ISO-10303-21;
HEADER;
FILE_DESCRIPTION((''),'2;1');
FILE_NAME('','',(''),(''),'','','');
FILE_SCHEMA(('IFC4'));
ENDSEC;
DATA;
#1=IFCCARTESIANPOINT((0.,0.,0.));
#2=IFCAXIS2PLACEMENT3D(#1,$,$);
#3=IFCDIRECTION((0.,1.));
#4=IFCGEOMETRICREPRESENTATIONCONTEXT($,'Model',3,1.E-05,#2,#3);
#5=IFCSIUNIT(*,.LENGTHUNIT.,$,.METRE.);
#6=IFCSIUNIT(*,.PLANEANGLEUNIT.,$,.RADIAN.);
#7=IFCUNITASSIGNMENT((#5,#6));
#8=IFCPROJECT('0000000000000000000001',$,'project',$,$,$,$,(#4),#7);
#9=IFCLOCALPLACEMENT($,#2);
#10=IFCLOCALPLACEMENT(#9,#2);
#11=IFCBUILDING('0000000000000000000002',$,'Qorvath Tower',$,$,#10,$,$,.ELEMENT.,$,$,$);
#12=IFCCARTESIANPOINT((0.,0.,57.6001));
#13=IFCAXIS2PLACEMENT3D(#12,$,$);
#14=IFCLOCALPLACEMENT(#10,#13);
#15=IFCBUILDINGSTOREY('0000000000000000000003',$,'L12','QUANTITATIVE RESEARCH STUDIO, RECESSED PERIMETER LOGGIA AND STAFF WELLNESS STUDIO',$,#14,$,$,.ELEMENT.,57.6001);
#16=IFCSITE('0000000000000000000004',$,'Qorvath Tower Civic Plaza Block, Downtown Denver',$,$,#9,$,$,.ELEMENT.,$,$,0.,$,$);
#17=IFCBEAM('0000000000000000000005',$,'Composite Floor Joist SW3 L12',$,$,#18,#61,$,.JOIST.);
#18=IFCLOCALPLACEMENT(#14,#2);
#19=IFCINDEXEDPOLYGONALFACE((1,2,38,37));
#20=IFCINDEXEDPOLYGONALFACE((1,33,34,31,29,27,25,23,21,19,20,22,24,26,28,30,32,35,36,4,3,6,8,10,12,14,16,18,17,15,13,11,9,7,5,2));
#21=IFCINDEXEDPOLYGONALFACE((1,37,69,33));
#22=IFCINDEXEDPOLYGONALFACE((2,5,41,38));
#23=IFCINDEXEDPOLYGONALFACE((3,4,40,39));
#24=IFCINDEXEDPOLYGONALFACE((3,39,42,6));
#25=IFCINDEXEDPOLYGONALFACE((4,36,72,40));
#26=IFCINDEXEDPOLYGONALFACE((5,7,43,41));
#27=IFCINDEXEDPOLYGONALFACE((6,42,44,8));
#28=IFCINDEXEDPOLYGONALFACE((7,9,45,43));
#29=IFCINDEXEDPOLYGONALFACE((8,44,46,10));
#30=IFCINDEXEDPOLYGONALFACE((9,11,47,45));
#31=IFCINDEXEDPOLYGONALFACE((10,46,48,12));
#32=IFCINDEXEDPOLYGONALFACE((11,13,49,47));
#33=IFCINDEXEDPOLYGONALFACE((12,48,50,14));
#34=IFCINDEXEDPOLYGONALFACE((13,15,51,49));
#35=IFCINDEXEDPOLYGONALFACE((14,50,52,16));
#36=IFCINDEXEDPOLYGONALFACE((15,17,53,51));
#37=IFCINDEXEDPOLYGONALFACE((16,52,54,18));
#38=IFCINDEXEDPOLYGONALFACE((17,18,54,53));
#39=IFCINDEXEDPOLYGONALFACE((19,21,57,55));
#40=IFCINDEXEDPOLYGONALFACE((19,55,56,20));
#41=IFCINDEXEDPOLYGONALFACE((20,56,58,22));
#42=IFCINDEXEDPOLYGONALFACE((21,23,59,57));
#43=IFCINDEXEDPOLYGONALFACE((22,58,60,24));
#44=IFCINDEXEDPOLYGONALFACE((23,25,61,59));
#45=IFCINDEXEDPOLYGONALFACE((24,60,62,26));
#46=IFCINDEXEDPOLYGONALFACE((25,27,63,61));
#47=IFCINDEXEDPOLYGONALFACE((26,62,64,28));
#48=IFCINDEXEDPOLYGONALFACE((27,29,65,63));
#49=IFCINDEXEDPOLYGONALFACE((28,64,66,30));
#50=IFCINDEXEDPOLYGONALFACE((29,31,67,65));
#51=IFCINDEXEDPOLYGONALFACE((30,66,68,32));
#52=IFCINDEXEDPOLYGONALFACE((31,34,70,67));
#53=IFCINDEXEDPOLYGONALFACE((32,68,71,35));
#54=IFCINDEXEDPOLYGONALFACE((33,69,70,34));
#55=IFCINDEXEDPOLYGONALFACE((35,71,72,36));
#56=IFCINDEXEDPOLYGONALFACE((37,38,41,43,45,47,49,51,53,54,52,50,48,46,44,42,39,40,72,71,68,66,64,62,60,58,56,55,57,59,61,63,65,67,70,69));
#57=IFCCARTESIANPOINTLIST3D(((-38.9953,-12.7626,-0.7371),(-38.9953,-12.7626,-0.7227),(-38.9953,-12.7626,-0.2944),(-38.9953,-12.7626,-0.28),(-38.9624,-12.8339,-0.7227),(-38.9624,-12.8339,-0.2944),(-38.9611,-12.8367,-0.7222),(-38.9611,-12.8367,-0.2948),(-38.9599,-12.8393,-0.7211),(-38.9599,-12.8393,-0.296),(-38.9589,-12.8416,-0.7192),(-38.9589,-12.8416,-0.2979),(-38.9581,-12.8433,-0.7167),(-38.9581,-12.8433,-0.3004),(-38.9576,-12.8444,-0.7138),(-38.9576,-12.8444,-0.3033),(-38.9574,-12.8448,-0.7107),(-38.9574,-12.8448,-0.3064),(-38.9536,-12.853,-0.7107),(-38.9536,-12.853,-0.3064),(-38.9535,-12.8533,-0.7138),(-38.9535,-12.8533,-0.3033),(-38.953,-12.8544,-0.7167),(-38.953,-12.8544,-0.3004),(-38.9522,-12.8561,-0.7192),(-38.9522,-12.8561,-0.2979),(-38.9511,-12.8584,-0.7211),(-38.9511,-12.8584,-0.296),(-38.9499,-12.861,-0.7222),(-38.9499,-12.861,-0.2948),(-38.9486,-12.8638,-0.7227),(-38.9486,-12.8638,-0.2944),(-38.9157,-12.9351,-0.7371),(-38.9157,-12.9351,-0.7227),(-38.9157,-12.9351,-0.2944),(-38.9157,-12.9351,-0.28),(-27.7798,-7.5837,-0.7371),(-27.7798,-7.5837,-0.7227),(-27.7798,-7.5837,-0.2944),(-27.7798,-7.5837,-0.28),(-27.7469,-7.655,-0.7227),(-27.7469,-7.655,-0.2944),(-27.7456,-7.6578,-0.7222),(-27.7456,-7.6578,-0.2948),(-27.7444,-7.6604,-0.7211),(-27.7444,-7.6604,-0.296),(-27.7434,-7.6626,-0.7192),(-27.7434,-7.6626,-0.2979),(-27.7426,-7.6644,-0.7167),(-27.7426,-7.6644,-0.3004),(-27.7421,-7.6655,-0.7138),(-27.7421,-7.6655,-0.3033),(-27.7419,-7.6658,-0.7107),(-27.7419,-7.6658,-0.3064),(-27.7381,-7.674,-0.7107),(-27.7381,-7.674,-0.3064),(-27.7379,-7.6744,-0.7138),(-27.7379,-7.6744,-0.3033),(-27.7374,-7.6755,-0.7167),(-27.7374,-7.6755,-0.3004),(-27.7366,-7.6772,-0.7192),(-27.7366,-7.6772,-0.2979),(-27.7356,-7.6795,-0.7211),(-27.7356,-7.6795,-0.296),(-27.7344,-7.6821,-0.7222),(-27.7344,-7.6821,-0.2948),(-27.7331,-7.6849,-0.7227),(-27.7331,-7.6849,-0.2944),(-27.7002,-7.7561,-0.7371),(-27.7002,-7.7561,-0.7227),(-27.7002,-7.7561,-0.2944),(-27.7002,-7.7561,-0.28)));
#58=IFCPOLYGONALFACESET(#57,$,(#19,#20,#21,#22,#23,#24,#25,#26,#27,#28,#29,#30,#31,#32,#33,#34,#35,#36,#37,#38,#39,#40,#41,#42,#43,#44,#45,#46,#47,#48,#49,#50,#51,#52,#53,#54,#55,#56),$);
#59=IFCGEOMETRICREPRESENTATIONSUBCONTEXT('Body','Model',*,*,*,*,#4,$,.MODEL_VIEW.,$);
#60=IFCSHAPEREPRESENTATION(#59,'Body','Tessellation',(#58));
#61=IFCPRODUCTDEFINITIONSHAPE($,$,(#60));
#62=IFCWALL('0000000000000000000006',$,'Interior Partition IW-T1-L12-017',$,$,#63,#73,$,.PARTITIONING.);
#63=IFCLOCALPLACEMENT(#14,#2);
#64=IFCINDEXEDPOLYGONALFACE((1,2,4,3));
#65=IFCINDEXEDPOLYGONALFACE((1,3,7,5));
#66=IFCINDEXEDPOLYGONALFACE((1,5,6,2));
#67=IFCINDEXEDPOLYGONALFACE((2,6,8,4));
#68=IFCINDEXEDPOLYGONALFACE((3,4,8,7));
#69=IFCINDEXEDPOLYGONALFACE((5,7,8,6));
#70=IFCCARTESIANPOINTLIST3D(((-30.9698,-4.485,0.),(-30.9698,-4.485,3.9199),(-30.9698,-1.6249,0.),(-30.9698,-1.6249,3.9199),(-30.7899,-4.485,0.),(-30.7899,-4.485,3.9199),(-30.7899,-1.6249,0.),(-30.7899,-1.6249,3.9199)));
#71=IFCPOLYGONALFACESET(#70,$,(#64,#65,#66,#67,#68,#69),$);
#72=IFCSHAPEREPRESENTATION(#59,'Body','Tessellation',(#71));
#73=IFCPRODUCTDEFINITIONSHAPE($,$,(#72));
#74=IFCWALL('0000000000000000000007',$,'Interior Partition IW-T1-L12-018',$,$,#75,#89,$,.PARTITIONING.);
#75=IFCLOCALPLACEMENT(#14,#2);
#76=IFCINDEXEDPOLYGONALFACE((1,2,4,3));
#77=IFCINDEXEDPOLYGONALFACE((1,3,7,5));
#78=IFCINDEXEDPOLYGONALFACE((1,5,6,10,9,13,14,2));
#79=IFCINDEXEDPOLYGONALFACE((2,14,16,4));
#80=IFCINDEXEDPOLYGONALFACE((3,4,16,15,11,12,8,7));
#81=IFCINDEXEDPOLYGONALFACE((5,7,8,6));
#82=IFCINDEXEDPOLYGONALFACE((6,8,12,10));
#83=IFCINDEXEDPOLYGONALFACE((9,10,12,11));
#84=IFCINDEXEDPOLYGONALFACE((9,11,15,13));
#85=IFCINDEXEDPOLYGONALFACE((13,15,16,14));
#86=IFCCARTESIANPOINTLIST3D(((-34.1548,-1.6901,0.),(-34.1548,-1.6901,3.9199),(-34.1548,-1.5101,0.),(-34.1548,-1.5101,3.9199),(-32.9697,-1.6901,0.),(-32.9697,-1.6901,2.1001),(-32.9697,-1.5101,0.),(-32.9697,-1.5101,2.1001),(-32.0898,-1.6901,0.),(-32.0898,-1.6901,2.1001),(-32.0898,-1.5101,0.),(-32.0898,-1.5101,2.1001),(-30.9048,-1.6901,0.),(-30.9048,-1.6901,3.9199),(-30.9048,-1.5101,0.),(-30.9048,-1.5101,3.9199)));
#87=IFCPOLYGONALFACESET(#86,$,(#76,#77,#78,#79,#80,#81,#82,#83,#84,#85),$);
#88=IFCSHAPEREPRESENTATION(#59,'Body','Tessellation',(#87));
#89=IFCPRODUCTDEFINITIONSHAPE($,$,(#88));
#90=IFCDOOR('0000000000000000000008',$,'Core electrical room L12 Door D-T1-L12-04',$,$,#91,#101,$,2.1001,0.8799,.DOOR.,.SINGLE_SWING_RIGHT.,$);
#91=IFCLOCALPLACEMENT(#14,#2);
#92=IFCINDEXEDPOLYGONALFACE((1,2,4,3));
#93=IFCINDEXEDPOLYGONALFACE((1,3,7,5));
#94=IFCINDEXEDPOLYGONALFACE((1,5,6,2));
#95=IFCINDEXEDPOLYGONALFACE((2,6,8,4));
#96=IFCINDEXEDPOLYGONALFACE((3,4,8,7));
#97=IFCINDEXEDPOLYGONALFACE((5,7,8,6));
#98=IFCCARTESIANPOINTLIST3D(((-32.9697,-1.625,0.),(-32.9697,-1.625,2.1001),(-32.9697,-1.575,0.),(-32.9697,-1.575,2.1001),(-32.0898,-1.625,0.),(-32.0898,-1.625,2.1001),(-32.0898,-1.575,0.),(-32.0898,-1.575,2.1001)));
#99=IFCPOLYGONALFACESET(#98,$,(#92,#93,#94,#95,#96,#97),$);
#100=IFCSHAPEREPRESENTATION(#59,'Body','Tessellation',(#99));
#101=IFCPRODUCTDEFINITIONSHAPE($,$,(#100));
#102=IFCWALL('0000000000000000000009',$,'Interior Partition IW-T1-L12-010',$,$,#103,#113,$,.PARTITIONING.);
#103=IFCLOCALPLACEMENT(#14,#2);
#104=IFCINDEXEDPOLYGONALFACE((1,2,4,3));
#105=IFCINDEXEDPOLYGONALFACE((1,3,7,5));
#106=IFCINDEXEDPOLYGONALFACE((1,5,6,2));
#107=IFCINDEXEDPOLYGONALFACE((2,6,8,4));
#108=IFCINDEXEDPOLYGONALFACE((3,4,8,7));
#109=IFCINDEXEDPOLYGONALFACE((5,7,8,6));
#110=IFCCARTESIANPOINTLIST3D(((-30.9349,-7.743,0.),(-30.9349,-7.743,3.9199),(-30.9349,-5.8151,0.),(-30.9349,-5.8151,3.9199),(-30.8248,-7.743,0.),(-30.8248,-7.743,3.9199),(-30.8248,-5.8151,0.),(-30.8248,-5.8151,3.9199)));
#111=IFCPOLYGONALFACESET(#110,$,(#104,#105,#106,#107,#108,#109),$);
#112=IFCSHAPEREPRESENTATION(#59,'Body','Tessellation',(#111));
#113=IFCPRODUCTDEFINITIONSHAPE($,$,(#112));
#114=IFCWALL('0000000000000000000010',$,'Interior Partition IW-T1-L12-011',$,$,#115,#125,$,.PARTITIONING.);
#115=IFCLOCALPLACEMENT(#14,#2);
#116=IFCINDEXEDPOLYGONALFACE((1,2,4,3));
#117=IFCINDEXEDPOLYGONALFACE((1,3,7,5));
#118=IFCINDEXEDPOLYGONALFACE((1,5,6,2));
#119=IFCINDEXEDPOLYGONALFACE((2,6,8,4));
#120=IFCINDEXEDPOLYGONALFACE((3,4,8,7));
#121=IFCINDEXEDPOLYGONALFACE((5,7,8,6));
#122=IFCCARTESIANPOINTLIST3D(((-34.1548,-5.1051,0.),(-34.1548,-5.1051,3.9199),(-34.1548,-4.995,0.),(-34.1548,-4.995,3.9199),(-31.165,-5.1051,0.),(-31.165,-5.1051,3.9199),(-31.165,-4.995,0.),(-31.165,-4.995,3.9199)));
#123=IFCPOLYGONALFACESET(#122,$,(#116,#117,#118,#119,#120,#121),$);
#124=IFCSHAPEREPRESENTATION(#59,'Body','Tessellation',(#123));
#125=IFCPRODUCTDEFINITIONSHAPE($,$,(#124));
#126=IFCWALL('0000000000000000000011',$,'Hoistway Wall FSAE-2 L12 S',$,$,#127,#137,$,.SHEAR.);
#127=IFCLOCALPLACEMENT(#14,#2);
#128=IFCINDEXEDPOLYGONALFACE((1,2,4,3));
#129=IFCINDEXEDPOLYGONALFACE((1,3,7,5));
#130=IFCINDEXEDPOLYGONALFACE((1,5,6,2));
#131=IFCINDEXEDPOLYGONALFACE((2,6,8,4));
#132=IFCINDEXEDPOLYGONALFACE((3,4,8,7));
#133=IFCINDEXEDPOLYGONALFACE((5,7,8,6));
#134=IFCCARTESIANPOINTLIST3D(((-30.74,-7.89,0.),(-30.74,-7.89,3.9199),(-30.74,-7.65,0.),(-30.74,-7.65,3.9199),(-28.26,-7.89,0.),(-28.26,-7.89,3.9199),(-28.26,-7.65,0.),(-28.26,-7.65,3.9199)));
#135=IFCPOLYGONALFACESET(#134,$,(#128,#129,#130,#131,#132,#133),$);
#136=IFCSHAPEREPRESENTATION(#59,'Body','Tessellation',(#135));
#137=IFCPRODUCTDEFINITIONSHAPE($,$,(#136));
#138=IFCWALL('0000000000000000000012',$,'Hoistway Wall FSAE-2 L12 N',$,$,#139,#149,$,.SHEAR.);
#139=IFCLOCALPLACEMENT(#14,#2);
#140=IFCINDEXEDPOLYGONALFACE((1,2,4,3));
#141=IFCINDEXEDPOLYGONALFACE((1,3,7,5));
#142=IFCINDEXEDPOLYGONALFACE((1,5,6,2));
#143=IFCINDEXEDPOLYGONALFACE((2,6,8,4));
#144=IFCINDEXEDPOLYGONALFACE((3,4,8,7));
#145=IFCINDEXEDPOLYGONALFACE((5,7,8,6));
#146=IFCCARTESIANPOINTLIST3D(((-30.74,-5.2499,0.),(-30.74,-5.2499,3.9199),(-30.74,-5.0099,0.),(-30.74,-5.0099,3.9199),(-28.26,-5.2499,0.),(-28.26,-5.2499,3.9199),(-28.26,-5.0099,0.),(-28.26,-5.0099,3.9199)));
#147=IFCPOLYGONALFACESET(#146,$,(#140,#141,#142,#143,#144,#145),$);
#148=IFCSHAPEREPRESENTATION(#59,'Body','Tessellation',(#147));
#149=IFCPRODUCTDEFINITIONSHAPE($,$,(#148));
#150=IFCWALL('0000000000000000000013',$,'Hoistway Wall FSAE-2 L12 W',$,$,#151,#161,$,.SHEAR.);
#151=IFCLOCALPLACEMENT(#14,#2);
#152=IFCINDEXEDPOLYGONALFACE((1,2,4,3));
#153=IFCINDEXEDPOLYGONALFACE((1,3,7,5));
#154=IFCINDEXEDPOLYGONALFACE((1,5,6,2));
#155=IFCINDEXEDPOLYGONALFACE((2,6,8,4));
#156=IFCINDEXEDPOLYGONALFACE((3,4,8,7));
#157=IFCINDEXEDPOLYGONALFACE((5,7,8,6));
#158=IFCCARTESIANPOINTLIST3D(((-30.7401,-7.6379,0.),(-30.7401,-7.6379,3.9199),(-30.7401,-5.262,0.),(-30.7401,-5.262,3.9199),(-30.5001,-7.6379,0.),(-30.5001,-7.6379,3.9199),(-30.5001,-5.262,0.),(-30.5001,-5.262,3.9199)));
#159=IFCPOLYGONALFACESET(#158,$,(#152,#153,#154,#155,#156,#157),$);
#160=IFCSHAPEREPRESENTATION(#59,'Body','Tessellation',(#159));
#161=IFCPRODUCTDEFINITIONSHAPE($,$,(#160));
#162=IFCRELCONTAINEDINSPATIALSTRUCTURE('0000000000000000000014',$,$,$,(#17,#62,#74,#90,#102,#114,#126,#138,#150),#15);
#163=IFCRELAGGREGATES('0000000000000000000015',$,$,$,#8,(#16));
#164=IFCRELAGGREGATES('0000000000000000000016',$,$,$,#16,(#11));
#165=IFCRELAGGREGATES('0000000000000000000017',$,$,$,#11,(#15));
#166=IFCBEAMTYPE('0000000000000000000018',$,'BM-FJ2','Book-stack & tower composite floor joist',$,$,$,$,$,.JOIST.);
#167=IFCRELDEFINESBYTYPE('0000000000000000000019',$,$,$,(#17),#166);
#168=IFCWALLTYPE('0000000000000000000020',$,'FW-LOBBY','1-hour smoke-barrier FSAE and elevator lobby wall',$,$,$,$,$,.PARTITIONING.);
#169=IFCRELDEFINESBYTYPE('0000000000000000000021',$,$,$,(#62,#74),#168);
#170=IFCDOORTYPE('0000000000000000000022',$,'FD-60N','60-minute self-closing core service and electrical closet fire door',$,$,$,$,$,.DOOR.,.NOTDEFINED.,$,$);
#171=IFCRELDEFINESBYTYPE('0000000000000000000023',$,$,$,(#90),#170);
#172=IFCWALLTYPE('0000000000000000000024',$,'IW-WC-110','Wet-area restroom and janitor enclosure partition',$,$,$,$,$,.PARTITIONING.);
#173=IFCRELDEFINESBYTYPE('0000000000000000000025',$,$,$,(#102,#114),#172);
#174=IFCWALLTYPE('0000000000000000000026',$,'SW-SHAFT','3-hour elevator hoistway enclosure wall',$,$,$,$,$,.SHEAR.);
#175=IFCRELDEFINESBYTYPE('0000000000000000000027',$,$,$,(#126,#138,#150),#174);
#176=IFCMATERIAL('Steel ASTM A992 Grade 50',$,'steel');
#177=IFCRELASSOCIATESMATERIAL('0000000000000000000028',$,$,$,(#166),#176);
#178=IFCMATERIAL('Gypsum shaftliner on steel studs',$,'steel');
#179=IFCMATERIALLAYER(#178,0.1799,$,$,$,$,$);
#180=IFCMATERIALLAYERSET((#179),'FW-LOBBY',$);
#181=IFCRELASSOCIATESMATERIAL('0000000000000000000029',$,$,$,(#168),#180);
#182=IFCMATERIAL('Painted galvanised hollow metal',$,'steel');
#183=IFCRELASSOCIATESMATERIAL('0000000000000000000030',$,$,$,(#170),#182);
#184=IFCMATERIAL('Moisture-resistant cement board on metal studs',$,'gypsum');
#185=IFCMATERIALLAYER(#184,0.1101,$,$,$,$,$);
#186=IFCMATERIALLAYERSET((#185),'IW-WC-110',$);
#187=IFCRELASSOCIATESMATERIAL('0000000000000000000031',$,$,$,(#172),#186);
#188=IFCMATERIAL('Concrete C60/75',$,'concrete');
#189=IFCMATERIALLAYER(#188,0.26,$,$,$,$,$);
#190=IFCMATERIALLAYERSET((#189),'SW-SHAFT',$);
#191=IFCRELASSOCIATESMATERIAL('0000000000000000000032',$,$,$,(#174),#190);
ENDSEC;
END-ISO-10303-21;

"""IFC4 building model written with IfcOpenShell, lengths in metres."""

from ifc_helpers import new_model, si_unit, direction, frame, frame_2d, origin, origin_2d, place, context, subcontext, project, spatial, rectangle, i_section, extrude, material, layer, layer_set, material_profile, profile_set, type_object, element, fill, save


model = new_model("IFC4")

# Units and contexts
model_context = context("Model", 3, precision=1e-05, world=origin(), true_north=direction((0.0, 1.0)))
body_context = subcontext(model_context, "Body", "Model", "MODEL_VIEW")
ifc_project = project(units=[si_unit("LENGTHUNIT", "METRE"), si_unit("PLANEANGLEUNIT", "RADIAN")], contexts=[model_context])

# Site, building, storey
site_placement = place(None, origin())
site = spatial("IfcSite", under=ifc_project, at=site_placement, Name="Qorvath Tower Civic Plaza Block, Downtown Denver", CompositionType="ELEMENT", RefElevation=0.0)
building_placement = place(site_placement, origin())
building = spatial("IfcBuilding", under=site, at=building_placement, Name="Qorvath Tower", CompositionType="ELEMENT")
storey_placement = place(building_placement, frame((0.0, 0.0, 57.6001)))
storey = spatial("IfcBuildingStorey", under=building, at=storey_placement, Name="L12", Description="QUANTITATIVE RESEARCH STUDIO, RECESSED PERIMETER LOGGIA AND STAFF WELLNESS STUDIO", CompositionType="ELEMENT", Elevation=57.6001)

# Beam
ifc_material_1 = material(Name="Steel ASTM A992 Grade 50", Category="steel")
ifc_material_profile_1 = material_profile(ifc_material_1, i_section(OverallWidth=0.1899, OverallDepth=0.457, WebThickness=0.009, FlangeThickness=0.0144, FilletRadius=0.012, at=origin_2d()), Name="W18x50")
ifc_profile_set_1 = profile_set([ifc_material_profile_1], Name="Steel ASTM A992 Grade 50")
beam_type_1 = type_object("IfcBeamType", Name="BM-FJ2", Description="Book-stack & tower composite floor joist", PredefinedType="JOIST", material=ifc_profile_set_1)
beam_1_placement = place(storey_placement, frame((-27.74, -7.6699, -0.5085), z_axis=(-0.907881, -0.419227, 0.0), x_axis=(0.419227, -0.907881, 0.0)))
element("IfcBeam", 1, at=beam_1_placement, inside=storey, type_object=beam_type_1, Name="Composite Floor Joist SW3 L12", PredefinedType="JOIST", context=body_context, shape_type="SweptSolid", body=[
    extrude(i_section(OverallWidth=0.1899, OverallDepth=0.457, WebThickness=0.009, FlangeThickness=0.0144, FilletRadius=0.012, at=origin_2d()), origin(), (0.0, 0.0, 1.0), 12.3535),
])

# Shared definitions
ifc_material_2 = material(Name="Gypsum shaftliner on steel studs", Category="steel")
ifc_layer_1 = layer(ifc_material_2, 0.1799)
ifc_layer_set_1 = layer_set([ifc_layer_1], Name="FW-LOBBY")
wall_type_1 = type_object("IfcWallType", Name="FW-LOBBY", Description="1-hour smoke-barrier FSAE and elevator lobby wall", PredefinedType="PARTITIONING", material=ifc_layer_set_1)

# Wall
wall_1_placement = place(storey_placement, frame((-30.8799, -4.4851, 0.0), z_axis=(0.0, 0.0, 1.0), x_axis=(0.0, 1.0, 0.0)))
element("IfcWall", 2, at=wall_1_placement, inside=storey, type_object=wall_type_1, Name="Interior Partition IW-T1-L12-017", PredefinedType="PARTITIONING", context=body_context, shape_type="SweptSolid", body=[
    extrude(rectangle(XDim=2.8601, YDim=0.1799, at=frame_2d((1.4302, 0.0))), origin(), (0.0, 0.0, 1.0), 3.9199),
])

# Wall, opening, door
wall_2_placement = place(storey_placement, frame((-30.9048, -1.6001, 0.0), z_axis=(0.0, 0.0, 1.0), x_axis=(-1.0, 0.0, 0.0)))
wall_2 = element("IfcWall", 3, at=wall_2_placement, inside=storey, type_object=wall_type_1, Name="Interior Partition IW-T1-L12-018", PredefinedType="PARTITIONING", context=body_context, shape_type="SweptSolid", body=[
    extrude(rectangle(XDim=3.25, YDim=0.1799, at=frame_2d((1.625, 0.0))), origin(), (0.0, 0.0, 1.0), 3.9199),
])
opening_1_placement = place(wall_2_placement, frame((1.1851, 0.0, 0.0)))
opening_1 = element("IfcOpeningElement", 4, at=opening_1_placement, cuts=wall_2, PredefinedType="OPENING", context=body_context, shape_type="SweptSolid", body=[
    extrude(rectangle(XDim=0.8799, YDim=2.1001, at=frame_2d((0.4399, 1.05))), frame((0.0, 0.1001, 0.0), z_axis=(0.0, -1.0, 0.0), x_axis=(1.0, 0.0, 0.0)), (0.0, 0.0, 1.0), 0.2),
])
ifc_material_3 = material(Name="Painted galvanised hollow metal", Category="steel")
door_type_1 = type_object("IfcDoorType", Name="FD-60N", Description="60-minute self-closing core service and electrical closet fire door", OperationType="NOTDEFINED", PredefinedType="DOOR", material=ifc_material_3)
door_1_placement = place(opening_1_placement, origin())
door_1 = element("IfcDoor", 5, at=door_1_placement, inside=storey, type_object=door_type_1, Name="Core electrical room L12 Door D-T1-L12-04", OperationType="SINGLE_SWING_RIGHT", OverallHeight=2.1001, OverallWidth=0.8799, PredefinedType="DOOR", context=body_context, shape_type="SweptSolid", body=[
    extrude(rectangle(XDim=0.8799, YDim=2.1001, at=frame_2d((0.4399, 1.05))), frame((0.0, 0.0249, 0.0), z_axis=(0.0, -1.0, 0.0), x_axis=(1.0, 0.0, 0.0)), (0.0, 0.0, 1.0), 0.05),
])
fill(opening_1, door_1)

# Walls
ifc_material_4 = material(Name="Moisture-resistant cement board on metal studs", Category="gypsum")
ifc_layer_2 = layer(ifc_material_4, 0.1101)
ifc_layer_set_2 = layer_set([ifc_layer_2], Name="IW-WC-110")
wall_type_2 = type_object("IfcWallType", Name="IW-WC-110", Description="Wet-area restroom and janitor enclosure partition", PredefinedType="PARTITIONING", material=ifc_layer_set_2)
wall_3_placement = place(storey_placement, frame((-30.8799, -7.7429, 0.0), z_axis=(0.0, 0.0, 1.0), x_axis=(0.0, 1.0, 0.0)))
element("IfcWall", 6, at=wall_3_placement, inside=storey, type_object=wall_type_2, Name="Interior Partition IW-T1-L12-010", PredefinedType="PARTITIONING", context=body_context, shape_type="SweptSolid", body=[
    extrude(rectangle(XDim=1.928, YDim=0.1101, at=frame_2d((0.9639, 0.0))), origin(), (0.0, 0.0, 1.0), 3.9199),
])
wall_4_placement = place(storey_placement, frame((-31.165, -5.05, 0.0), z_axis=(0.0, 0.0, 1.0), x_axis=(-1.0, 0.0, 0.0)))
element("IfcWall", 7, at=wall_4_placement, inside=storey, type_object=wall_type_2, Name="Interior Partition IW-T1-L12-011", PredefinedType="PARTITIONING", context=body_context, shape_type="SweptSolid", body=[
    extrude(rectangle(XDim=2.9897, YDim=0.1101, at=frame_2d((1.4949, 0.0))), origin(), (0.0, 0.0, 1.0), 3.9199),
])
ifc_material_5 = material(Name="Concrete C60/75", Category="concrete")
ifc_layer_3 = layer(ifc_material_5, 0.26)
ifc_layer_set_3 = layer_set([ifc_layer_3], Name="SW-SHAFT")
wall_type_3 = type_object("IfcWallType", Name="SW-SHAFT", Description="3-hour elevator hoistway enclosure wall", PredefinedType="SHEAR", material=ifc_layer_set_3)
for number, where, z_axis, x_axis, name in (
    (8, (-28.26, -7.77, 0.0), (0.0, 0.0, 1.0), (-1.0, 0.0, 0.0), "Hoistway Wall FSAE-2 L12 S"),
    (9, (-30.74, -5.1299, 0.0), (0.0, 0.0, 1.0), (1.0, 0.0, 0.0), "Hoistway Wall FSAE-2 L12 N"),
):
    element("IfcWall", number, at=place(storey_placement, frame(where, z_axis=z_axis, x_axis=x_axis)), inside=storey, type_object=wall_type_3, Name=name, PredefinedType="SHEAR", context=body_context, shape_type="SweptSolid", body=[
        extrude(rectangle(XDim=2.48, YDim=0.24, at=frame_2d((1.24, 0.0))), origin(), (0.0, 0.0, 1.0), 3.9199),
    ])
wall_5_placement = place(storey_placement, frame((-30.6201, -7.6379, 0.0), z_axis=(0.0, 0.0, 1.0), x_axis=(0.0, 1.0, 0.0)))
element("IfcWall", 10, at=wall_5_placement, inside=storey, type_object=wall_type_3, Name="Hoistway Wall FSAE-2 L12 W", PredefinedType="SHEAR", context=body_context, shape_type="SweptSolid", body=[
    extrude(rectangle(XDim=2.376, YDim=0.24, at=frame_2d((1.188, 0.0))), origin(), (0.0, 0.0, 1.0), 3.9199),
])

save(model, "model.ifc")
